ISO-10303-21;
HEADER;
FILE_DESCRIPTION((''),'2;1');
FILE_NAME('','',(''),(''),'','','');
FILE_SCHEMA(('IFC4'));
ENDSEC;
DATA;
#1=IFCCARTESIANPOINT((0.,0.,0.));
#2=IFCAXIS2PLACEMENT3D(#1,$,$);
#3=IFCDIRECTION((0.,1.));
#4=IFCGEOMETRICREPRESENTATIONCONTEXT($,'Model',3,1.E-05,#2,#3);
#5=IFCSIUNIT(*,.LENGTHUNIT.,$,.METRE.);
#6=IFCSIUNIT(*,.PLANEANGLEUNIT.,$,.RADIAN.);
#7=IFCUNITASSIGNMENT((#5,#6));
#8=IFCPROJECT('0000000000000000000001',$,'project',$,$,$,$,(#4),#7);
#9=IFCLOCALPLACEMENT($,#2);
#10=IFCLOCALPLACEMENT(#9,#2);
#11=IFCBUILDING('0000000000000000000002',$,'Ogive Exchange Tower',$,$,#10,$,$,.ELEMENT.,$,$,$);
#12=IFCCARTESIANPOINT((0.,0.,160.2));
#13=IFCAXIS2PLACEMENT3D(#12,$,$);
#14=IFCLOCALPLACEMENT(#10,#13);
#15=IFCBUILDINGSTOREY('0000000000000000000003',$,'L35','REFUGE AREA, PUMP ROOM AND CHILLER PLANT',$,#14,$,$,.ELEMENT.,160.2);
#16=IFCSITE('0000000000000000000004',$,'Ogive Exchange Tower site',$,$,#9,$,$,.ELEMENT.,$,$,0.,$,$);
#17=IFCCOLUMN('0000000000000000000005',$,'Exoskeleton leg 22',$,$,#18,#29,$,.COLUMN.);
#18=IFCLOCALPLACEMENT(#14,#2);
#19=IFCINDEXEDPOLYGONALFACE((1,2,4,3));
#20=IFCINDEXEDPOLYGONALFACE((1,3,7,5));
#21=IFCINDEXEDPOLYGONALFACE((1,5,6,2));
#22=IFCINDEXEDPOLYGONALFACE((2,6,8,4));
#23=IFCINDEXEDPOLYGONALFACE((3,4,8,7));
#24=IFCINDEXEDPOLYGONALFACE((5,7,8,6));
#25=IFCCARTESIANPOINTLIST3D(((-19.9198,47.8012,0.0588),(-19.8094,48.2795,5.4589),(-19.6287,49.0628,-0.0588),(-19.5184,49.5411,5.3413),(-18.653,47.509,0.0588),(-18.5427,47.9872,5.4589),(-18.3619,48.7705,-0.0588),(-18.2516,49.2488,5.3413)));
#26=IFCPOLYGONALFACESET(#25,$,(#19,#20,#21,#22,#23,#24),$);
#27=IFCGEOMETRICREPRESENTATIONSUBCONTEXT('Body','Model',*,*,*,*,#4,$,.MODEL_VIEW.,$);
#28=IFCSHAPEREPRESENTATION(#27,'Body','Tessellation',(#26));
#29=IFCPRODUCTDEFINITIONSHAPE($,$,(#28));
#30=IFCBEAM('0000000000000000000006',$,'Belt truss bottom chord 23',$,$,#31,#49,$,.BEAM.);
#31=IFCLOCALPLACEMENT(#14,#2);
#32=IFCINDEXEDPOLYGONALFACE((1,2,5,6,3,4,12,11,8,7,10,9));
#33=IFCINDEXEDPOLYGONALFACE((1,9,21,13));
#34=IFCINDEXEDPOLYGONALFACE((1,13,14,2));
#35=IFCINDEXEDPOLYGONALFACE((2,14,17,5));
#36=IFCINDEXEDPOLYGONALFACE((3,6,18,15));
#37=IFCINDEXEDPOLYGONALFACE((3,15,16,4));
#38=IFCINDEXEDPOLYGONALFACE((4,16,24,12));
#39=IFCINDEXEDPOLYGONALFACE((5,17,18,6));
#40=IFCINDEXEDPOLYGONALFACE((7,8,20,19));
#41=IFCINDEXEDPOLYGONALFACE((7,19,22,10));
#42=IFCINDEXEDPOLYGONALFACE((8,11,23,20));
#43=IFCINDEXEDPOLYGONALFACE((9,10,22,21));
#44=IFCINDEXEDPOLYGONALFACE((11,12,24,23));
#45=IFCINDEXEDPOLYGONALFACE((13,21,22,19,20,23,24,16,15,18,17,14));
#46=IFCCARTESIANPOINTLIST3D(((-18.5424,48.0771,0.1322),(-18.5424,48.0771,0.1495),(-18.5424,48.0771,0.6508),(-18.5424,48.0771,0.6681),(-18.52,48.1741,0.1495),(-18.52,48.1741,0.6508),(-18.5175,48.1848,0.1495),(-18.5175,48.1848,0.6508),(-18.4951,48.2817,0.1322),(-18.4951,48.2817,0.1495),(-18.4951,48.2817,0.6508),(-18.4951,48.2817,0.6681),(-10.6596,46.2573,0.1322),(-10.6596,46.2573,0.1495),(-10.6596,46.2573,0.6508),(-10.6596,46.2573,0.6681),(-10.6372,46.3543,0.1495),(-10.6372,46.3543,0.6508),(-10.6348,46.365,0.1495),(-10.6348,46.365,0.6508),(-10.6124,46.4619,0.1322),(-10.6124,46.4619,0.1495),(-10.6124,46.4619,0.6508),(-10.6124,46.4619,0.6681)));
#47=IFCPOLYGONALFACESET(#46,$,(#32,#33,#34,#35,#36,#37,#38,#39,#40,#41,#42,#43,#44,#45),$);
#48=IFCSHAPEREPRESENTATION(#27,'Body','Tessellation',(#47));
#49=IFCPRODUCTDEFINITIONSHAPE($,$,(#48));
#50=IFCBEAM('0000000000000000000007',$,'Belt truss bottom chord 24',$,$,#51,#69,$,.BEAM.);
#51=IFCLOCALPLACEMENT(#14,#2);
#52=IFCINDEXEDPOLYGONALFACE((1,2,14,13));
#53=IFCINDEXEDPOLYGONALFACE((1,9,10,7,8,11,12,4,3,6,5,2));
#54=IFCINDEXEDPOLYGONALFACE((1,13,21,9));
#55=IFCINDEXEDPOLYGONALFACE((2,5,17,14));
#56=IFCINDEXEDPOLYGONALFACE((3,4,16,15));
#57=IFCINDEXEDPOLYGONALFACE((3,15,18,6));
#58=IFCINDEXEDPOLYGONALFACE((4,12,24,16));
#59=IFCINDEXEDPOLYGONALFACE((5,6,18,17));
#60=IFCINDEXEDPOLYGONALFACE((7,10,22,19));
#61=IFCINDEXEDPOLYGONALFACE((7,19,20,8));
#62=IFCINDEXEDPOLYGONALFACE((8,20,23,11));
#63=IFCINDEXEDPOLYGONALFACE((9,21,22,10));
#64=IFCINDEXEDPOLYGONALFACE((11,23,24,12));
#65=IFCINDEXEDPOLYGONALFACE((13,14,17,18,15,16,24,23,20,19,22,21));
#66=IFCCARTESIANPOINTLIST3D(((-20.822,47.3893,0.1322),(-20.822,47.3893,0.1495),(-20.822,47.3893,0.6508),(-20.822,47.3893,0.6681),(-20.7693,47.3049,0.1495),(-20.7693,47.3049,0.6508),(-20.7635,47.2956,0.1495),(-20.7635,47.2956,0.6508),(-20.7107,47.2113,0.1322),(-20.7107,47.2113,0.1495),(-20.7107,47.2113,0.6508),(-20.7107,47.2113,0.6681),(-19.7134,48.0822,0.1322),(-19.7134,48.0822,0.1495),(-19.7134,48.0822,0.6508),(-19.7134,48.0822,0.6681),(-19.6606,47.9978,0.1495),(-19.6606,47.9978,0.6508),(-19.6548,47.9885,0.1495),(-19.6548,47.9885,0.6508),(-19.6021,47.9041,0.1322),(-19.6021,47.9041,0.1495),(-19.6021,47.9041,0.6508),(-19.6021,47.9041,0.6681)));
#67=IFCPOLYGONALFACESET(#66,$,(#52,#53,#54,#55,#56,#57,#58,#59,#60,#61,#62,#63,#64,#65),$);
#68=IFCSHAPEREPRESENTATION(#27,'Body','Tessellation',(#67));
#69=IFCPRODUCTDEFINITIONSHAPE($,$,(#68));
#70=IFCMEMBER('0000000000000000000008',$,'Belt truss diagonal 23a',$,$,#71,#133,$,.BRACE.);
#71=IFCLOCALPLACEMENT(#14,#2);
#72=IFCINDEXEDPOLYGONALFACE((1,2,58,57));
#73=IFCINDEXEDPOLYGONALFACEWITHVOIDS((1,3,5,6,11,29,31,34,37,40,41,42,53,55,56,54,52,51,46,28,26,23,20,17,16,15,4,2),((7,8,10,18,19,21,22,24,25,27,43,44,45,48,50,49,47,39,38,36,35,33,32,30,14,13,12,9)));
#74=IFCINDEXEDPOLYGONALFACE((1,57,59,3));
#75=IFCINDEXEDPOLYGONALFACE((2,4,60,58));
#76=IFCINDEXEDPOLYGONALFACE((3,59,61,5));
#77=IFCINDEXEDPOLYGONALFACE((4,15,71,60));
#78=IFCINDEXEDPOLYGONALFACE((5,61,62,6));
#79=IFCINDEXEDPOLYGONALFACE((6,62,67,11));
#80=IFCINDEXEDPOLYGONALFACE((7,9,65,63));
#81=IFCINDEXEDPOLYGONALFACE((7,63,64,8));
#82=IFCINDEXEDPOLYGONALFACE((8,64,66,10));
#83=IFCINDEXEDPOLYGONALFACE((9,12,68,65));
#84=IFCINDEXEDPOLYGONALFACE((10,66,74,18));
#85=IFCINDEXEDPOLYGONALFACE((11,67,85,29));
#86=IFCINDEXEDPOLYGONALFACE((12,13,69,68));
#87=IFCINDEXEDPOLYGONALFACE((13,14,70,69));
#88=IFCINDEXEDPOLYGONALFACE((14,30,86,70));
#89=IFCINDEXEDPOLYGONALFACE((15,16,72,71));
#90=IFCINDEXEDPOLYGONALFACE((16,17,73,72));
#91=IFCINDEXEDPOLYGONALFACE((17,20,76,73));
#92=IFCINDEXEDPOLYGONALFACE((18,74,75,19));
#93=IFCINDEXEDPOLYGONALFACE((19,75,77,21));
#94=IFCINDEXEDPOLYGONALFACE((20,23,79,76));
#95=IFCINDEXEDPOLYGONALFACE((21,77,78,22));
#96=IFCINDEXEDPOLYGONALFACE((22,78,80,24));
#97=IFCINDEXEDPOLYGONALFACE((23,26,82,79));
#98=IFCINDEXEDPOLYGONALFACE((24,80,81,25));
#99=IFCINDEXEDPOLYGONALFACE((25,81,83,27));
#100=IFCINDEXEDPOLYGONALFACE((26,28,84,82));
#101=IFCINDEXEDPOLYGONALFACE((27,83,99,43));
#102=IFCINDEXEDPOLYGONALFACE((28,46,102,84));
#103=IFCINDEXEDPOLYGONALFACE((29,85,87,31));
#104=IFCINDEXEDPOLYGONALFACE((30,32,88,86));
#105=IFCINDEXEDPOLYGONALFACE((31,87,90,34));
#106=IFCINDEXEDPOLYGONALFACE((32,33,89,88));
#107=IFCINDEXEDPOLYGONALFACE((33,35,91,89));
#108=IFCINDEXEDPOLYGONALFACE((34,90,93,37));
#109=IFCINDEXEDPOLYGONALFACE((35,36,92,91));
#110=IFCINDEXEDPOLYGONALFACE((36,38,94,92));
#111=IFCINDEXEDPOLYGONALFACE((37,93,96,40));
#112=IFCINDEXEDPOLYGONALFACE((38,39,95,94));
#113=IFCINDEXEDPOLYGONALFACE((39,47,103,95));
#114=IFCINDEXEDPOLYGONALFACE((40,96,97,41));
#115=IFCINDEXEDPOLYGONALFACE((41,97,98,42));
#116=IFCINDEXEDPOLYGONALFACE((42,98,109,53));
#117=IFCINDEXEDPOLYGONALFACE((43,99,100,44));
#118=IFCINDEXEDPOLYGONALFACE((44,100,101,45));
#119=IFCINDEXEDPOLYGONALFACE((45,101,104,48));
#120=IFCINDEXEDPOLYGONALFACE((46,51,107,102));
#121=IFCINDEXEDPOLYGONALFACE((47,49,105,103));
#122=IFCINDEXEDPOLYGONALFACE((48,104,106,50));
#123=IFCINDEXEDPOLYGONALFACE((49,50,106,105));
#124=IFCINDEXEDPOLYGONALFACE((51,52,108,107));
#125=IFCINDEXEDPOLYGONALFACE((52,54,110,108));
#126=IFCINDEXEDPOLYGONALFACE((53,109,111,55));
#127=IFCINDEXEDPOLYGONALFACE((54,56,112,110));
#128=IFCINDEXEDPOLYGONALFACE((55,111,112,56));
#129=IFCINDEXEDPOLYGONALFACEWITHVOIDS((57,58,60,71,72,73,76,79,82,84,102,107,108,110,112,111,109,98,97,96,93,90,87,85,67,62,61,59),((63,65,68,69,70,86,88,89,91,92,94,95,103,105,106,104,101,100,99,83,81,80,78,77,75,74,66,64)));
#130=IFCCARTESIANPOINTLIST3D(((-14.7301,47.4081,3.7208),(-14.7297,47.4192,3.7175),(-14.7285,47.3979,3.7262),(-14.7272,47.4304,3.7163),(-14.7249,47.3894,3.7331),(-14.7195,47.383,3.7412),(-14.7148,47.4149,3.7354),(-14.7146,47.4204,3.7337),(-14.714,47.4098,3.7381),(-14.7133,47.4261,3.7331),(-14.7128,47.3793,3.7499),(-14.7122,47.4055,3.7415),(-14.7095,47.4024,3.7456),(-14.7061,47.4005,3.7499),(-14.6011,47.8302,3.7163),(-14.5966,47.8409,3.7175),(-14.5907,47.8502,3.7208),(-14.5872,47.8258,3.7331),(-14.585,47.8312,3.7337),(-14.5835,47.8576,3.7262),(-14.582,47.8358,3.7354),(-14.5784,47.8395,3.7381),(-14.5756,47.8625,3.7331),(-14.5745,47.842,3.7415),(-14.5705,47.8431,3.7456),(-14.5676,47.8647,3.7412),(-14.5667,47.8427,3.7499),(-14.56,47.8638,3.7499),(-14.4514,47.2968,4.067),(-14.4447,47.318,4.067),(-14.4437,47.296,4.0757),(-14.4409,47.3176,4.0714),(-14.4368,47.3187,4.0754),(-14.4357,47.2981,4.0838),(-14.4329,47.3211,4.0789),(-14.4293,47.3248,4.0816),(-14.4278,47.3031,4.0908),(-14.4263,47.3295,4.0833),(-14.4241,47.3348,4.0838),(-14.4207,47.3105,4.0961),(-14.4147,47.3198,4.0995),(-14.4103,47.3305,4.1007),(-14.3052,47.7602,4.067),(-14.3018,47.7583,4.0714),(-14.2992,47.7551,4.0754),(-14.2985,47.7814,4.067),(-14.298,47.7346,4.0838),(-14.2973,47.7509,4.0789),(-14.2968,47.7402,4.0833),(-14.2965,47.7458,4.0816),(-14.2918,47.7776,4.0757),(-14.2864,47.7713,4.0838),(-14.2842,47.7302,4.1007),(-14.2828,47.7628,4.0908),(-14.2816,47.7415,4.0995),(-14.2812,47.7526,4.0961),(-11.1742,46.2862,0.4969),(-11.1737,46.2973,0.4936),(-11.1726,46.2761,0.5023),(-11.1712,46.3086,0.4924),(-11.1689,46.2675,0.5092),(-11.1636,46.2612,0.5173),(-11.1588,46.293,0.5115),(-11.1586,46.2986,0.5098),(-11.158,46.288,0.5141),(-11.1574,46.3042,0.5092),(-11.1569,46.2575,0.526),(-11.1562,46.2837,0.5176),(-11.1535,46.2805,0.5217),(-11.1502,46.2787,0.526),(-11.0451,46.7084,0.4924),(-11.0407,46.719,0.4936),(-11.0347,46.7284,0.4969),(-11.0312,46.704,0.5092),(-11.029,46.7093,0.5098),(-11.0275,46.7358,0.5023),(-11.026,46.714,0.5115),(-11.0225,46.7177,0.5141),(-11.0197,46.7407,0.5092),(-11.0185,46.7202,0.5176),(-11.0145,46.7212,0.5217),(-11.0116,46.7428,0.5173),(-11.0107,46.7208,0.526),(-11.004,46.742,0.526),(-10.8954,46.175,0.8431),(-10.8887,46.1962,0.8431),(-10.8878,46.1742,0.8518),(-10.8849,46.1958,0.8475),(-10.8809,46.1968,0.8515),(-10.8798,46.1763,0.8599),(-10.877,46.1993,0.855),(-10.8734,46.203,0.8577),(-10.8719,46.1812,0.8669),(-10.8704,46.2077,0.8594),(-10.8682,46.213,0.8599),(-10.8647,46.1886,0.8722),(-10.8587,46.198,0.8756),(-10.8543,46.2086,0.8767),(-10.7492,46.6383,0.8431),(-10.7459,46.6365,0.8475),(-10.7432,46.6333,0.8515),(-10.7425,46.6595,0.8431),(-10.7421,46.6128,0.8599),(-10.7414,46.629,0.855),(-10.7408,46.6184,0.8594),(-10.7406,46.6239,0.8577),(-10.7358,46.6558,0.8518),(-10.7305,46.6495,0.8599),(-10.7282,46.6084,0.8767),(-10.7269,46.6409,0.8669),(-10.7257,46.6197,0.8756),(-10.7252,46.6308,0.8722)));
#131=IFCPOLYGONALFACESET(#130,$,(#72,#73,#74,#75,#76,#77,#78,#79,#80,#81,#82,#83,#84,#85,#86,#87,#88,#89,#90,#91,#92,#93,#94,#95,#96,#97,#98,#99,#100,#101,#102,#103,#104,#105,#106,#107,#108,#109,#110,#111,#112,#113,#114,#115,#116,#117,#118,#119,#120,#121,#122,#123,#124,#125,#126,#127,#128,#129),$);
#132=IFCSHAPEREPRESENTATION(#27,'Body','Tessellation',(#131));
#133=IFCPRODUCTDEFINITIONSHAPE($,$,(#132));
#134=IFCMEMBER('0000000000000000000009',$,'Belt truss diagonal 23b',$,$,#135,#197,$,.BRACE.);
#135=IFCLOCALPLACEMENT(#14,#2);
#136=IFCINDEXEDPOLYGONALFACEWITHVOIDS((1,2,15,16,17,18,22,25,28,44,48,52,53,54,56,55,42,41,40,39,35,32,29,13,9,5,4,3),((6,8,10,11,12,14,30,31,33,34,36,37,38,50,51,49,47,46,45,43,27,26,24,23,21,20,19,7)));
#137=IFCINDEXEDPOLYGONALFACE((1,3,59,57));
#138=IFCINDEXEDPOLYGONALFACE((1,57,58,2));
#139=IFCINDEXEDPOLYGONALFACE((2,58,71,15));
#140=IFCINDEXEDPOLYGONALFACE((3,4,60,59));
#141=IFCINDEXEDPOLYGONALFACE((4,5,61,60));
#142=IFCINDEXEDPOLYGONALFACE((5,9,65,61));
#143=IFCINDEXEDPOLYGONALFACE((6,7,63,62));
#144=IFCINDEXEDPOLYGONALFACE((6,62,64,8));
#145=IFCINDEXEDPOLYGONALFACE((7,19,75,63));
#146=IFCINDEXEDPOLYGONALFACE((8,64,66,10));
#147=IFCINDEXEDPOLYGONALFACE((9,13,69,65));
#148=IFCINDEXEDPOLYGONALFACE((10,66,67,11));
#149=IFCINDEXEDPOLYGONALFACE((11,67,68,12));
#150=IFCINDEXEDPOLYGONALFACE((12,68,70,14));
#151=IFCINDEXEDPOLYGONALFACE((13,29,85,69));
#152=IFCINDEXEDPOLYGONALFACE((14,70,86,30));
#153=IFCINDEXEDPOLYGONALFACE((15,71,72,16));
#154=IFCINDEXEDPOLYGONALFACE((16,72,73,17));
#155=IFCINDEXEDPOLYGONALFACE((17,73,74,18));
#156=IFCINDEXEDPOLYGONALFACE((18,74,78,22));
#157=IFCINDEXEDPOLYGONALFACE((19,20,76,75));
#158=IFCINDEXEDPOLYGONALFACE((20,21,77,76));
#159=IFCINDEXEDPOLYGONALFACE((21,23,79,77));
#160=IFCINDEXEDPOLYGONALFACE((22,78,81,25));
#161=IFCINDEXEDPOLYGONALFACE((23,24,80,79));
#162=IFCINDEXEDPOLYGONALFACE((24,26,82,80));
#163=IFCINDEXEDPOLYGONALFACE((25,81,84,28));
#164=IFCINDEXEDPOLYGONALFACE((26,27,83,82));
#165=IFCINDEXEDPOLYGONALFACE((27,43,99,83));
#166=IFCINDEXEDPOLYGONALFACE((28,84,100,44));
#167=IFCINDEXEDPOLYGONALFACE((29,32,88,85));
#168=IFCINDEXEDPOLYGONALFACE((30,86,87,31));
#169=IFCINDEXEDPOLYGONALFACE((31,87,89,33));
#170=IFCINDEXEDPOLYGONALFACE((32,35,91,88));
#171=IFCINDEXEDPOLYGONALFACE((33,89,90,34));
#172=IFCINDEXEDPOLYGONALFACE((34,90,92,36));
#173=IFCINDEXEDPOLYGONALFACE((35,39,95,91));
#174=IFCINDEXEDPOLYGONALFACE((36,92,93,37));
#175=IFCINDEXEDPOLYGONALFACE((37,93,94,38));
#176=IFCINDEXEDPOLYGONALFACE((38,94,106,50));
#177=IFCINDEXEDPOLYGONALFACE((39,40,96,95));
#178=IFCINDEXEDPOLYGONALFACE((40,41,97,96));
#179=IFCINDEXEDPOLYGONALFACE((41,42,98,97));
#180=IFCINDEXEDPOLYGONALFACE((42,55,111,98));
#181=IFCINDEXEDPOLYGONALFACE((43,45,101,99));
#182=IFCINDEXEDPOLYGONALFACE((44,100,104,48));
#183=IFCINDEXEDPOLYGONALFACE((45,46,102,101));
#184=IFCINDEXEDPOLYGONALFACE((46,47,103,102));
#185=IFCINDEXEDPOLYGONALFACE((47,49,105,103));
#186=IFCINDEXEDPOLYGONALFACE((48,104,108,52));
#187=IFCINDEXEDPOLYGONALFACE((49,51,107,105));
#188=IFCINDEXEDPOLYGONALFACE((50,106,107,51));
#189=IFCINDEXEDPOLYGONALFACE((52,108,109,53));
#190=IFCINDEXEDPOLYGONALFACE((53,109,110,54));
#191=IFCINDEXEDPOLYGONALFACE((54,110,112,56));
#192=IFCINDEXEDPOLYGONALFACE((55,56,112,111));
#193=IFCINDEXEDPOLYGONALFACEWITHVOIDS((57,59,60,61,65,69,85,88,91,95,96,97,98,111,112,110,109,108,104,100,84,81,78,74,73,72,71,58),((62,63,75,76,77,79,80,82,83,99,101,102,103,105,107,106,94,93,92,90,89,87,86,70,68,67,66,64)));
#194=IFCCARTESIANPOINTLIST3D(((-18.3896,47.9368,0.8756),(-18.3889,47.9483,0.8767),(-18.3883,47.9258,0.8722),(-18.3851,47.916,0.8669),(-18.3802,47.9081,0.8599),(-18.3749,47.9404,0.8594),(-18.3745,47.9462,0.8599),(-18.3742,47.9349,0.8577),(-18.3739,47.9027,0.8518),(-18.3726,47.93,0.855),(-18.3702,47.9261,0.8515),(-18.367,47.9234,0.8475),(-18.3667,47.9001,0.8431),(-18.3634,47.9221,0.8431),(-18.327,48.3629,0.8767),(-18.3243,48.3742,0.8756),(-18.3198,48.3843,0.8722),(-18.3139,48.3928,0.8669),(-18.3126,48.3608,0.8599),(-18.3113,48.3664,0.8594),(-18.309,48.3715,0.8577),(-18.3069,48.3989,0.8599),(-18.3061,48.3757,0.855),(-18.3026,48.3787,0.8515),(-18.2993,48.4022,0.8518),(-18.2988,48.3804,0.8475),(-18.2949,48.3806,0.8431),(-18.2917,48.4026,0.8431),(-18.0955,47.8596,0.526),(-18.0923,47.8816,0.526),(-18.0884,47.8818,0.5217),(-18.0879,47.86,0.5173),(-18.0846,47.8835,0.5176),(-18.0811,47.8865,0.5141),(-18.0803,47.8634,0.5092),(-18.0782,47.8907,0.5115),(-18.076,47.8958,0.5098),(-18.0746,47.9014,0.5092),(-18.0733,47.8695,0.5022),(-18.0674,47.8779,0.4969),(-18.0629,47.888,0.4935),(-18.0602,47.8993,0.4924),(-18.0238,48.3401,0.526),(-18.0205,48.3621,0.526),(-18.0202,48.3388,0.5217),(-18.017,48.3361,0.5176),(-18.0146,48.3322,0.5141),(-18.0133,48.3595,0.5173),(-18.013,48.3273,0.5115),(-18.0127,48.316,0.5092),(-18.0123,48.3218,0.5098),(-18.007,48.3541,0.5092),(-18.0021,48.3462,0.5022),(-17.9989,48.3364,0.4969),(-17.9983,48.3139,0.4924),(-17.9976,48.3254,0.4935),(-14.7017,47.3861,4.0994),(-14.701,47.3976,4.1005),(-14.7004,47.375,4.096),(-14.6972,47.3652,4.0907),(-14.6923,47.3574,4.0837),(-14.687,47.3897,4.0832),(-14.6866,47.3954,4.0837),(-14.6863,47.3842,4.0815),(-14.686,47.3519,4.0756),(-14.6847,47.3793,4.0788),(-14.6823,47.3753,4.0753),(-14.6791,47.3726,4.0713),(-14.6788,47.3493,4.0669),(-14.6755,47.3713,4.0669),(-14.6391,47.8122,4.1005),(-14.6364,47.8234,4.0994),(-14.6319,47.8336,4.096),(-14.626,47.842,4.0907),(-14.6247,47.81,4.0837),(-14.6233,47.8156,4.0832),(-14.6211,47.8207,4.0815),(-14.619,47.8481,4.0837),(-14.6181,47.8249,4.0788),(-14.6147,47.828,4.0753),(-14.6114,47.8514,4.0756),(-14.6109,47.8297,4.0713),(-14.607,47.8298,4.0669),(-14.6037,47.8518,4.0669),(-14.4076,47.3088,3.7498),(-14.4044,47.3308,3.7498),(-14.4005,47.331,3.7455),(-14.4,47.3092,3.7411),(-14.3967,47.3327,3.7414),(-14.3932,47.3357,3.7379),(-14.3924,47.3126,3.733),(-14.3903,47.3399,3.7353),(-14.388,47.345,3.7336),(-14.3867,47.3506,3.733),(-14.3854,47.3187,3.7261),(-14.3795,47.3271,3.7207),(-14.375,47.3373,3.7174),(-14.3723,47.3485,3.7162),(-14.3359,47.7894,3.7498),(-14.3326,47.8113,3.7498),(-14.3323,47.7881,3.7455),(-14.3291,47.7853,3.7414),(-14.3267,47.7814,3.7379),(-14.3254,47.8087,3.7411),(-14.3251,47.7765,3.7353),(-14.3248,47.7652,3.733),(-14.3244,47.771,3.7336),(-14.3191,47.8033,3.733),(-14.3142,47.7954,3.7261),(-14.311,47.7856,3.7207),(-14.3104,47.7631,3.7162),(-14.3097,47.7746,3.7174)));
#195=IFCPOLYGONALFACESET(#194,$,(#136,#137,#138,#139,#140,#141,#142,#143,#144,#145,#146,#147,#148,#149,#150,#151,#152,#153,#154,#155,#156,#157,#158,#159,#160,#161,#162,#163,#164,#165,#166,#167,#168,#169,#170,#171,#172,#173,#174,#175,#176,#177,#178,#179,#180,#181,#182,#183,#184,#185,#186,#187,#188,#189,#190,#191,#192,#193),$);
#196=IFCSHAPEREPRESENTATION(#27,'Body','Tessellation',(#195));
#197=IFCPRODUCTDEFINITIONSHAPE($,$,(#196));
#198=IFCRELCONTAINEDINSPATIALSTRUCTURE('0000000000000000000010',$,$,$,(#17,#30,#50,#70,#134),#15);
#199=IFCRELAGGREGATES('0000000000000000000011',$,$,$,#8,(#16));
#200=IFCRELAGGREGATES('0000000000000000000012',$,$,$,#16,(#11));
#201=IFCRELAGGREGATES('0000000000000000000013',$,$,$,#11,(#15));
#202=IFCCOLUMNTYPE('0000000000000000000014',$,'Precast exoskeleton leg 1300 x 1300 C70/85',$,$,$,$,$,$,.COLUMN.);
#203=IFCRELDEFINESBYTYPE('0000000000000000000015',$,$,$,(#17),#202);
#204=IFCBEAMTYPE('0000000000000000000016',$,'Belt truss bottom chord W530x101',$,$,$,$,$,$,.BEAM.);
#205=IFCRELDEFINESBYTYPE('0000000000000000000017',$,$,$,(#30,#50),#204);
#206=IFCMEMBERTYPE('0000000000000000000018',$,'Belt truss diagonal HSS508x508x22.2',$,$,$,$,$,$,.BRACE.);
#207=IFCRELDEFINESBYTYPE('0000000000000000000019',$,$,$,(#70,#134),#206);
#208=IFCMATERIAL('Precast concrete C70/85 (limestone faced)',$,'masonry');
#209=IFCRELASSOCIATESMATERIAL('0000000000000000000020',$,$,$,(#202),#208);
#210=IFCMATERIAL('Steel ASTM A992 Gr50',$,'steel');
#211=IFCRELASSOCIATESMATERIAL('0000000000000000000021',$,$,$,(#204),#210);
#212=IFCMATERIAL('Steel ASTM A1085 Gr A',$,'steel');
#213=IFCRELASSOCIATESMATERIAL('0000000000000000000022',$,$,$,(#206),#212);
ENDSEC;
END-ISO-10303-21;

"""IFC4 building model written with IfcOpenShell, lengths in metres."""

from ifc_helpers import new_model, si_unit, direction, frame, origin, origin_2d, place, context, subcontext, project, spatial, rectangle, hollow_rectangle, i_section, extrude, material, material_profile, profile_set, type_object, element, save


model = new_model("IFC4")

# Units and contexts
model_context = context("Model", 3, precision=1e-05, world=origin(), true_north=direction((0.0, 1.0)))
body_context = subcontext(model_context, "Body", "Model", "MODEL_VIEW")
ifc_project = project(units=[si_unit("LENGTHUNIT", "METRE"), si_unit("PLANEANGLEUNIT", "RADIAN")], contexts=[model_context])

# Site, building, storey
site_placement = place(None, origin())
site = spatial("IfcSite", under=ifc_project, at=site_placement, Name="Ogive Exchange Tower site", CompositionType="ELEMENT", RefElevation=0.0)
building_placement = place(site_placement, origin())
building = spatial("IfcBuilding", under=site, at=building_placement, Name="Ogive Exchange Tower", CompositionType="ELEMENT")
storey_placement = place(building_placement, frame((0.0, 0.0, 160.2)))
storey = spatial("IfcBuildingStorey", under=building, at=storey_placement, Name="L35", Description="REFUGE AREA, PUMP ROOM AND CHILLER PLANT", CompositionType="ELEMENT", Elevation=160.2)

# Column
ifc_material_1 = material(Name="Precast concrete C70/85 (limestone faced)", Category="masonry")
ifc_material_profile_1 = material_profile(ifc_material_1, rectangle(XDim=1.3, YDim=1.3, at=origin_2d()), Name="1300 x 1300")
ifc_profile_set_1 = profile_set([ifc_material_profile_1], Name="Precast concrete C70/85 (limestone faced)")
column_type = type_object("IfcColumnType", Name="Precast exoskeleton leg 1300 x 1300 C70/85", PredefinedType="COLUMN", material=ifc_profile_set_1)
column_placement = place(storey_placement, frame((-19.1409, 48.2859, 0.0), z_axis=(0.020351, 0.088203, 0.995895), x_axis=(-0.9744, 0.224823, 0.0)))
element("IfcColumn", 1, at=column_placement, inside=storey, type_object=column_type, Name="Exoskeleton leg 22", PredefinedType="COLUMN", context=body_context, shape_type="SweptSolid", body=[
    extrude(rectangle(XDim=1.3, YDim=1.3, at=origin_2d()), origin(), (0.0, 0.0, 1.0), 5.4224),
])

# Beams
ifc_material_2 = material(Name="Steel ASTM A992 Gr50", Category="steel")
ifc_material_profile_2 = material_profile(ifc_material_2, i_section(OverallWidth=0.21, OverallDepth=0.5359, WebThickness=0.011, FlangeThickness=0.0173, at=origin_2d()), Name="W530x101")
ifc_profile_set_2 = profile_set([ifc_material_profile_2], Name="Steel ASTM A992 Gr50")
beam_type_1 = type_object("IfcBeamType", Name="Belt truss bottom chord W530x101", PredefinedType="BEAM", material=ifc_profile_set_2)
beam_1_placement = place(storey_placement, frame((-10.636, 46.3596, 0.4001), z_axis=(-0.974372, 0.224943, 0.0), x_axis=(-0.224943, -0.974372, 0.0)))
element("IfcBeam", 2, at=beam_1_placement, inside=storey, type_object=beam_type_1, Name="Belt truss bottom chord 23", PredefinedType="BEAM", context=body_context, shape_type="SweptSolid", body=[
    extrude(i_section(OverallWidth=0.21, OverallDepth=0.5359, WebThickness=0.011, FlangeThickness=0.0173, at=origin_2d()), origin(), (0.0, 0.0, 1.0), 8.0901),
])
beam_2_placement = place(storey_placement, frame((-19.6577, 47.9932, 0.4001), z_axis=(-0.848009, -0.529982, 0.0), x_axis=(0.529982, -0.848009, 0.0)))
element("IfcBeam", 3, at=beam_2_placement, inside=storey, type_object=beam_type_1, Name="Belt truss bottom chord 24", PredefinedType="BEAM", context=body_context, shape_type="SweptSolid", body=[
    extrude(i_section(OverallWidth=0.21, OverallDepth=0.5359, WebThickness=0.011, FlangeThickness=0.0173, at=origin_2d()), origin(), (0.0, 0.0, 1.0), 1.3074),
])

# Members
ifc_material_3 = material(Name="Steel ASTM A1085 Gr A", Category="steel")
ifc_material_profile_3 = material_profile(ifc_material_3, hollow_rectangle(XDim=0.5081, YDim=0.5081, WallThickness=0.0222, InnerFilletRadius=0.0222, OuterFilletRadius=0.0444, at=origin_2d()), Name="HSS508x508x22.2")
ifc_profile_set_3 = profile_set([ifc_material_profile_3], Name="Steel ASTM A1085 Gr A")
member_type_1 = type_object("IfcMemberType", Name="Belt truss diagonal HSS508x508x22.2", PredefinedType="BRACE", material=ifc_profile_set_3)
for number, where, z_axis, x_axis, name in (
    (4, (-10.9497, 46.4585, 0.6846), (-0.721406, 0.227591, 0.654045), (-0.300865, -0.953667, 0.0), "Belt truss diagonal 23a"),
    (5, (-18.1936, 48.1311, 0.6846), (0.748177, -0.111736, 0.654023), (0.147707, 0.989031, 0.0), "Belt truss diagonal 23b"),
):
    element("IfcMember", number, at=place(storey_placement, frame(where, z_axis=z_axis, x_axis=x_axis)), inside=storey, type_object=member_type_1, Name=name, PredefinedType="BRACE", context=body_context, shape_type="SweptSolid", body=[
        extrude(hollow_rectangle(XDim=0.5081, YDim=0.5081, WallThickness=0.0222, InnerFilletRadius=0.0222, OuterFilletRadius=0.0444, at=origin_2d()), origin(), (0.0, 0.0, 1.0), 4.9292),
    ])

save(model, "model.ifc")
